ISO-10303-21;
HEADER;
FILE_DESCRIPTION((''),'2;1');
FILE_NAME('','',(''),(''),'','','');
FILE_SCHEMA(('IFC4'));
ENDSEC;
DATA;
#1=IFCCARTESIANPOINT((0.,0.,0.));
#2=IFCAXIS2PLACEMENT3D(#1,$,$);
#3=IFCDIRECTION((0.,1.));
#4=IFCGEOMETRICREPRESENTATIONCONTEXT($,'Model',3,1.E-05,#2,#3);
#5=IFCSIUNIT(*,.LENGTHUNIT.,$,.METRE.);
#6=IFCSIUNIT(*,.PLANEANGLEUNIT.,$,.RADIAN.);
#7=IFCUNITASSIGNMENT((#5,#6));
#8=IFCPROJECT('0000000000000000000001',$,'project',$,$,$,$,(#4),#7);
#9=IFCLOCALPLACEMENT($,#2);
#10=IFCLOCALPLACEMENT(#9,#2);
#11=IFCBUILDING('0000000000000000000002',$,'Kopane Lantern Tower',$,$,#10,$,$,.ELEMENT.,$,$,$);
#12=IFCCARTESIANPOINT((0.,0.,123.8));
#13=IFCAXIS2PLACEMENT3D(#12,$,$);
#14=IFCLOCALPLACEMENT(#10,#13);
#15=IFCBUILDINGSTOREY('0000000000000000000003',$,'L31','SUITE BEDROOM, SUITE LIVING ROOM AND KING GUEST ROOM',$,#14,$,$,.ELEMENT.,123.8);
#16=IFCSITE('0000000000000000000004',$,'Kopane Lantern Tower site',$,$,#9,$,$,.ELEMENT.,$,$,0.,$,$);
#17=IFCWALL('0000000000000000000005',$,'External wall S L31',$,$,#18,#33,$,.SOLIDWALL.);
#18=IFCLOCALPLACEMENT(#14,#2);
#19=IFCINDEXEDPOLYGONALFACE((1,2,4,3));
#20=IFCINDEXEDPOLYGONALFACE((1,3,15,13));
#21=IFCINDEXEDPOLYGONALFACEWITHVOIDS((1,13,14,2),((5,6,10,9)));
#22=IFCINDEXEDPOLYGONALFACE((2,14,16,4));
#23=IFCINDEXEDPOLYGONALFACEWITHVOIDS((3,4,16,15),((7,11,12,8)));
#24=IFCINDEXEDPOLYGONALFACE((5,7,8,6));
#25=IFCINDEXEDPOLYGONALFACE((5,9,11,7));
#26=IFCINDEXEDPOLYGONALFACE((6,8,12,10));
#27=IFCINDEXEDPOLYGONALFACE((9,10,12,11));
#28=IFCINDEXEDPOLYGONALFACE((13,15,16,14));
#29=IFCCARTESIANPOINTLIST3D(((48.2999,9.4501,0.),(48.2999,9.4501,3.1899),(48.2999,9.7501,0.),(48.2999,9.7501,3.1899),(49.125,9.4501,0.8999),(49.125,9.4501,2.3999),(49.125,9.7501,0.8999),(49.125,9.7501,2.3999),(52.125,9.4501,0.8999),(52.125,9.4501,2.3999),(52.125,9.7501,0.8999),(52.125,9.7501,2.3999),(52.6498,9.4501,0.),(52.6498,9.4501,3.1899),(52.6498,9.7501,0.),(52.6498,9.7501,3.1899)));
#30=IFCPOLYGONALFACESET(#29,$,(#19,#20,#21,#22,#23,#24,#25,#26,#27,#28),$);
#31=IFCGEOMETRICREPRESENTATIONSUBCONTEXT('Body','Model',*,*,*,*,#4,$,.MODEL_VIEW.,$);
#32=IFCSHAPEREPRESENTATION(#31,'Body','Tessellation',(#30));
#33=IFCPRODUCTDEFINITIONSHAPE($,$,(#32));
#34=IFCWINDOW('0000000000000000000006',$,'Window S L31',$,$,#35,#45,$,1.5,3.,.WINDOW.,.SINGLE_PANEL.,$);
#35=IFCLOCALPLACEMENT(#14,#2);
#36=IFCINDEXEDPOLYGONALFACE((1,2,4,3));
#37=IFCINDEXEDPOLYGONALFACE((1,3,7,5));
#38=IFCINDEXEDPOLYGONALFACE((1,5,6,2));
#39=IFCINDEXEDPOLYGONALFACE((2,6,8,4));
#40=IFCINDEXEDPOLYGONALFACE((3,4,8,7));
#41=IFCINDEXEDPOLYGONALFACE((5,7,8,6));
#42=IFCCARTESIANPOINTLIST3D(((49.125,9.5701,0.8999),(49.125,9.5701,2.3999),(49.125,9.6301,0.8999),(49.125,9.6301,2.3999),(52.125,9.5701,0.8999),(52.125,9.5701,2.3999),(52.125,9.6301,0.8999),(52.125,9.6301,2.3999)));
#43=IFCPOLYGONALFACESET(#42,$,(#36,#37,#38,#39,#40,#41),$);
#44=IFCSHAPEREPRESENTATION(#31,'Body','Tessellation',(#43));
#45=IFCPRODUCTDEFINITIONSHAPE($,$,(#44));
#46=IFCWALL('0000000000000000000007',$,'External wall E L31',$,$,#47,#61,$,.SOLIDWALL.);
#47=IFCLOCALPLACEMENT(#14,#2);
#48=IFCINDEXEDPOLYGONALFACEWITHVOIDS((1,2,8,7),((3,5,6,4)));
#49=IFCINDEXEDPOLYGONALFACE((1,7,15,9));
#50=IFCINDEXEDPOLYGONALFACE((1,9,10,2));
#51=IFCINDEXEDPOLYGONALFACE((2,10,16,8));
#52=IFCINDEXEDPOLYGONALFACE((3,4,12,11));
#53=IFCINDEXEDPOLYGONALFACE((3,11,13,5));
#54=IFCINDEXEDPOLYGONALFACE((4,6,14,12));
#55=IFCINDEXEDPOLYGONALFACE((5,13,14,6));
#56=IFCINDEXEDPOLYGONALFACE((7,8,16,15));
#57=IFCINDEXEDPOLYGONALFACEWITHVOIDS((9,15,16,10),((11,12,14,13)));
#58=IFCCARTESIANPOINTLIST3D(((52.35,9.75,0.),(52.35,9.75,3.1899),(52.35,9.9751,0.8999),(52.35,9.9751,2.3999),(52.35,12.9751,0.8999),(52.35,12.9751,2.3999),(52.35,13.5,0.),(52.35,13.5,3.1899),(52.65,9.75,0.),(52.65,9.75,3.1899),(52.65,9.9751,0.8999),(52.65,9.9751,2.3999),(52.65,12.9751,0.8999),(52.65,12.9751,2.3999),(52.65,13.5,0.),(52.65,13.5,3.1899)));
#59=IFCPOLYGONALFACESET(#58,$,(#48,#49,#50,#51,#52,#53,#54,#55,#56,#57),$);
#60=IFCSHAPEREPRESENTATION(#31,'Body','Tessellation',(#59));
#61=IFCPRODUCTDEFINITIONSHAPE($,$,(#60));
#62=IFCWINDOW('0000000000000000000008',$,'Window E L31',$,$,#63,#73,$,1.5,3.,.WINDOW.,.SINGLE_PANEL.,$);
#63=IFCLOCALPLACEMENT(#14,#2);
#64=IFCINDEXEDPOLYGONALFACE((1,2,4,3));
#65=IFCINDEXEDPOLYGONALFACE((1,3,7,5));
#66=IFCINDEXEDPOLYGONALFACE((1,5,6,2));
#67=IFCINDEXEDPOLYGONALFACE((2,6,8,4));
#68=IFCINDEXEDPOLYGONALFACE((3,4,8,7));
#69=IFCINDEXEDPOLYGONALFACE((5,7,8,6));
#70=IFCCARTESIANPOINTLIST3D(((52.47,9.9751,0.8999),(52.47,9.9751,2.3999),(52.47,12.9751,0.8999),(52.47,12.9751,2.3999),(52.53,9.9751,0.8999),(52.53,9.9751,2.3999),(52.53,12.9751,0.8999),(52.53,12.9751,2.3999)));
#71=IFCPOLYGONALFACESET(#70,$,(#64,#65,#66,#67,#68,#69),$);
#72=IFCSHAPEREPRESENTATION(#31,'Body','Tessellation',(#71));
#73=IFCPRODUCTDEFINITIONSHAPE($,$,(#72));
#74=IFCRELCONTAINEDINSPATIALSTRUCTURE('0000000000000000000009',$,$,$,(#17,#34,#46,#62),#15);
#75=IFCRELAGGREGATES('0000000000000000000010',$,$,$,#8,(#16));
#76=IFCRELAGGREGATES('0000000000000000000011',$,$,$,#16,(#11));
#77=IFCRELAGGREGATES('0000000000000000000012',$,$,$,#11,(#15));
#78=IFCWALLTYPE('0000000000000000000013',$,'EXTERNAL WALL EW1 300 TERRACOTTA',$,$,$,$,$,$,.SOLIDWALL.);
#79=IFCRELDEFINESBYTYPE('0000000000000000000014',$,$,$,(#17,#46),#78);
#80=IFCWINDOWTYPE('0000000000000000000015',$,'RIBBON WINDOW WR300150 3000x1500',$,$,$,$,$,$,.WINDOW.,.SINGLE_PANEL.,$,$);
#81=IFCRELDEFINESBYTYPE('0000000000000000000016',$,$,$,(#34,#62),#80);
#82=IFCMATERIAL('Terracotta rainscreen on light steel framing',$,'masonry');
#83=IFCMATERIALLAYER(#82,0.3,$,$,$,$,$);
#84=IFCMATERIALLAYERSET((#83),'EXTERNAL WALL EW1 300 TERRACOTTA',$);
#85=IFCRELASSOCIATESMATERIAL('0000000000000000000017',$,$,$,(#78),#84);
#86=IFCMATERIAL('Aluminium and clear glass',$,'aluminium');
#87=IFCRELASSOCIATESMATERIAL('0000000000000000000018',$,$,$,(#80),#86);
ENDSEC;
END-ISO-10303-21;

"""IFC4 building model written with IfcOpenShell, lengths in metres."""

from ifc_helpers import new_model, si_unit, direction, frame, frame_2d, origin, place, context, subcontext, project, spatial, rectangle, extrude, material, layer, layer_set, type_object, element, fill, save


model = new_model("IFC4")

# Units and contexts
model_context = context("Model", 3, precision=1e-05, world=origin(), true_north=direction((0.0, 1.0)))
body_context = subcontext(model_context, "Body", "Model", "MODEL_VIEW")
ifc_project = project(units=[si_unit("LENGTHUNIT", "METRE"), si_unit("PLANEANGLEUNIT", "RADIAN")], contexts=[model_context])

# Site, building, storey
site_placement = place(None, origin())
site = spatial("IfcSite", under=ifc_project, at=site_placement, Name="Kopane Lantern Tower site", CompositionType="ELEMENT", RefElevation=0.0)
building_placement = place(site_placement, origin())
building = spatial("IfcBuilding", under=site, at=building_placement, Name="Kopane Lantern Tower", CompositionType="ELEMENT")
storey_placement = place(building_placement, frame((0.0, 0.0, 123.8)))
storey = spatial("IfcBuildingStorey", under=building, at=storey_placement, Name="L31", Description="SUITE BEDROOM, SUITE LIVING ROOM AND KING GUEST ROOM", CompositionType="ELEMENT", Elevation=123.8)

# Walls, openings, windows
ifc_material_1 = material(Name="Terracotta rainscreen on light steel framing", Category="masonry")
ifc_layer = layer(ifc_material_1, 0.3)
ifc_layer_set = layer_set([ifc_layer], Name="EXTERNAL WALL EW1 300 TERRACOTTA")
wall_type = type_object("IfcWallType", Name="EXTERNAL WALL EW1 300 TERRACOTTA", PredefinedType="SOLIDWALL", material=ifc_layer_set)
ifc_material_2 = material(Name="Aluminium and clear glass", Category="aluminium")
window_type = type_object("IfcWindowType", Name="RIBBON WINDOW WR300150 3000x1500", PartitioningType="SINGLE_PANEL", PredefinedType="WINDOW", material=ifc_material_2)
wall_1_placement = place(storey_placement, frame((48.3, 9.6001, 0.0), z_axis=(0.0, 0.0, 1.0), x_axis=(1.0, 0.0, 0.0)))
wall_1 = element("IfcWall", 1, at=wall_1_placement, inside=storey, type_object=wall_type, Name="External wall S L31", PredefinedType="SOLIDWALL", context=body_context, shape_type="SweptSolid", body=[
    extrude(rectangle(XDim=4.3499, YDim=0.3, at=frame_2d((2.1748, 0.0))), origin(), (0.0, 0.0, 1.0), 3.1899),
])
opening_1_placement = place(wall_1_placement, frame((0.825, 0.0, 0.8999)))
opening_1 = element("IfcOpeningElement", 2, at=opening_1_placement, cuts=wall_1, PredefinedType="OPENING", context=body_context, shape_type="SweptSolid", body=[
    extrude(rectangle(XDim=3.0, YDim=1.5, at=frame_2d((1.5, 0.75))), frame((0.0, 0.1599, 0.0), z_axis=(0.0, -1.0, 0.0), x_axis=(1.0, 0.0, 0.0)), (0.0, 0.0, 1.0), 0.3201),
])
window_1_placement = place(opening_1_placement, origin())
window_1 = element("IfcWindow", 3, at=window_1_placement, inside=storey, type_object=window_type, Name="Window S L31", OverallHeight=1.5, OverallWidth=3.0, PartitioningType="SINGLE_PANEL", PredefinedType="WINDOW", context=body_context, shape_type="SweptSolid", body=[
    extrude(rectangle(XDim=3.0, YDim=1.5, at=frame_2d((1.5, 0.75))), frame((0.0, 0.03, 0.0), z_axis=(0.0, -1.0, 0.0), x_axis=(1.0, 0.0, 0.0)), (0.0, 0.0, 1.0), 0.0601),
])
fill(opening_1, window_1)
wall_2_placement = place(storey_placement, frame((52.5, 9.75, 0.0), z_axis=(0.0, 0.0, 1.0), x_axis=(0.0, 1.0, 0.0)))
wall_2 = element("IfcWall", 4, at=wall_2_placement, inside=storey, type_object=wall_type, Name="External wall E L31", PredefinedType="SOLIDWALL", context=body_context, shape_type="SweptSolid", body=[
    extrude(rectangle(XDim=3.75, YDim=0.3, at=frame_2d((1.875, 0.0))), origin(), (0.0, 0.0, 1.0), 3.1899),
])
opening_2_placement = place(wall_2_placement, frame((0.2251, 0.0, 0.8999)))
opening_2 = element("IfcOpeningElement", 5, at=opening_2_placement, cuts=wall_2, PredefinedType="OPENING", context=body_context, shape_type="SweptSolid", body=[
    extrude(rectangle(XDim=3.0, YDim=1.5, at=frame_2d((1.5, 0.75))), frame((0.0, 0.1599, 0.0), z_axis=(0.0, -1.0, 0.0), x_axis=(1.0, 0.0, 0.0)), (0.0, 0.0, 1.0), 0.3201),
])
window_2_placement = place(opening_2_placement, origin())
window_2 = element("IfcWindow", 6, at=window_2_placement, inside=storey, type_object=window_type, Name="Window E L31", OverallHeight=1.5, OverallWidth=3.0, PartitioningType="SINGLE_PANEL", PredefinedType="WINDOW", context=body_context, shape_type="SweptSolid", body=[
    extrude(rectangle(XDim=3.0, YDim=1.5, at=frame_2d((1.5, 0.75))), frame((0.0, 0.03, 0.0), z_axis=(0.0, -1.0, 0.0), x_axis=(1.0, 0.0, 0.0)), (0.0, 0.0, 1.0), 0.0601),
])
fill(opening_2, window_2)

save(model, "model.ifc")
